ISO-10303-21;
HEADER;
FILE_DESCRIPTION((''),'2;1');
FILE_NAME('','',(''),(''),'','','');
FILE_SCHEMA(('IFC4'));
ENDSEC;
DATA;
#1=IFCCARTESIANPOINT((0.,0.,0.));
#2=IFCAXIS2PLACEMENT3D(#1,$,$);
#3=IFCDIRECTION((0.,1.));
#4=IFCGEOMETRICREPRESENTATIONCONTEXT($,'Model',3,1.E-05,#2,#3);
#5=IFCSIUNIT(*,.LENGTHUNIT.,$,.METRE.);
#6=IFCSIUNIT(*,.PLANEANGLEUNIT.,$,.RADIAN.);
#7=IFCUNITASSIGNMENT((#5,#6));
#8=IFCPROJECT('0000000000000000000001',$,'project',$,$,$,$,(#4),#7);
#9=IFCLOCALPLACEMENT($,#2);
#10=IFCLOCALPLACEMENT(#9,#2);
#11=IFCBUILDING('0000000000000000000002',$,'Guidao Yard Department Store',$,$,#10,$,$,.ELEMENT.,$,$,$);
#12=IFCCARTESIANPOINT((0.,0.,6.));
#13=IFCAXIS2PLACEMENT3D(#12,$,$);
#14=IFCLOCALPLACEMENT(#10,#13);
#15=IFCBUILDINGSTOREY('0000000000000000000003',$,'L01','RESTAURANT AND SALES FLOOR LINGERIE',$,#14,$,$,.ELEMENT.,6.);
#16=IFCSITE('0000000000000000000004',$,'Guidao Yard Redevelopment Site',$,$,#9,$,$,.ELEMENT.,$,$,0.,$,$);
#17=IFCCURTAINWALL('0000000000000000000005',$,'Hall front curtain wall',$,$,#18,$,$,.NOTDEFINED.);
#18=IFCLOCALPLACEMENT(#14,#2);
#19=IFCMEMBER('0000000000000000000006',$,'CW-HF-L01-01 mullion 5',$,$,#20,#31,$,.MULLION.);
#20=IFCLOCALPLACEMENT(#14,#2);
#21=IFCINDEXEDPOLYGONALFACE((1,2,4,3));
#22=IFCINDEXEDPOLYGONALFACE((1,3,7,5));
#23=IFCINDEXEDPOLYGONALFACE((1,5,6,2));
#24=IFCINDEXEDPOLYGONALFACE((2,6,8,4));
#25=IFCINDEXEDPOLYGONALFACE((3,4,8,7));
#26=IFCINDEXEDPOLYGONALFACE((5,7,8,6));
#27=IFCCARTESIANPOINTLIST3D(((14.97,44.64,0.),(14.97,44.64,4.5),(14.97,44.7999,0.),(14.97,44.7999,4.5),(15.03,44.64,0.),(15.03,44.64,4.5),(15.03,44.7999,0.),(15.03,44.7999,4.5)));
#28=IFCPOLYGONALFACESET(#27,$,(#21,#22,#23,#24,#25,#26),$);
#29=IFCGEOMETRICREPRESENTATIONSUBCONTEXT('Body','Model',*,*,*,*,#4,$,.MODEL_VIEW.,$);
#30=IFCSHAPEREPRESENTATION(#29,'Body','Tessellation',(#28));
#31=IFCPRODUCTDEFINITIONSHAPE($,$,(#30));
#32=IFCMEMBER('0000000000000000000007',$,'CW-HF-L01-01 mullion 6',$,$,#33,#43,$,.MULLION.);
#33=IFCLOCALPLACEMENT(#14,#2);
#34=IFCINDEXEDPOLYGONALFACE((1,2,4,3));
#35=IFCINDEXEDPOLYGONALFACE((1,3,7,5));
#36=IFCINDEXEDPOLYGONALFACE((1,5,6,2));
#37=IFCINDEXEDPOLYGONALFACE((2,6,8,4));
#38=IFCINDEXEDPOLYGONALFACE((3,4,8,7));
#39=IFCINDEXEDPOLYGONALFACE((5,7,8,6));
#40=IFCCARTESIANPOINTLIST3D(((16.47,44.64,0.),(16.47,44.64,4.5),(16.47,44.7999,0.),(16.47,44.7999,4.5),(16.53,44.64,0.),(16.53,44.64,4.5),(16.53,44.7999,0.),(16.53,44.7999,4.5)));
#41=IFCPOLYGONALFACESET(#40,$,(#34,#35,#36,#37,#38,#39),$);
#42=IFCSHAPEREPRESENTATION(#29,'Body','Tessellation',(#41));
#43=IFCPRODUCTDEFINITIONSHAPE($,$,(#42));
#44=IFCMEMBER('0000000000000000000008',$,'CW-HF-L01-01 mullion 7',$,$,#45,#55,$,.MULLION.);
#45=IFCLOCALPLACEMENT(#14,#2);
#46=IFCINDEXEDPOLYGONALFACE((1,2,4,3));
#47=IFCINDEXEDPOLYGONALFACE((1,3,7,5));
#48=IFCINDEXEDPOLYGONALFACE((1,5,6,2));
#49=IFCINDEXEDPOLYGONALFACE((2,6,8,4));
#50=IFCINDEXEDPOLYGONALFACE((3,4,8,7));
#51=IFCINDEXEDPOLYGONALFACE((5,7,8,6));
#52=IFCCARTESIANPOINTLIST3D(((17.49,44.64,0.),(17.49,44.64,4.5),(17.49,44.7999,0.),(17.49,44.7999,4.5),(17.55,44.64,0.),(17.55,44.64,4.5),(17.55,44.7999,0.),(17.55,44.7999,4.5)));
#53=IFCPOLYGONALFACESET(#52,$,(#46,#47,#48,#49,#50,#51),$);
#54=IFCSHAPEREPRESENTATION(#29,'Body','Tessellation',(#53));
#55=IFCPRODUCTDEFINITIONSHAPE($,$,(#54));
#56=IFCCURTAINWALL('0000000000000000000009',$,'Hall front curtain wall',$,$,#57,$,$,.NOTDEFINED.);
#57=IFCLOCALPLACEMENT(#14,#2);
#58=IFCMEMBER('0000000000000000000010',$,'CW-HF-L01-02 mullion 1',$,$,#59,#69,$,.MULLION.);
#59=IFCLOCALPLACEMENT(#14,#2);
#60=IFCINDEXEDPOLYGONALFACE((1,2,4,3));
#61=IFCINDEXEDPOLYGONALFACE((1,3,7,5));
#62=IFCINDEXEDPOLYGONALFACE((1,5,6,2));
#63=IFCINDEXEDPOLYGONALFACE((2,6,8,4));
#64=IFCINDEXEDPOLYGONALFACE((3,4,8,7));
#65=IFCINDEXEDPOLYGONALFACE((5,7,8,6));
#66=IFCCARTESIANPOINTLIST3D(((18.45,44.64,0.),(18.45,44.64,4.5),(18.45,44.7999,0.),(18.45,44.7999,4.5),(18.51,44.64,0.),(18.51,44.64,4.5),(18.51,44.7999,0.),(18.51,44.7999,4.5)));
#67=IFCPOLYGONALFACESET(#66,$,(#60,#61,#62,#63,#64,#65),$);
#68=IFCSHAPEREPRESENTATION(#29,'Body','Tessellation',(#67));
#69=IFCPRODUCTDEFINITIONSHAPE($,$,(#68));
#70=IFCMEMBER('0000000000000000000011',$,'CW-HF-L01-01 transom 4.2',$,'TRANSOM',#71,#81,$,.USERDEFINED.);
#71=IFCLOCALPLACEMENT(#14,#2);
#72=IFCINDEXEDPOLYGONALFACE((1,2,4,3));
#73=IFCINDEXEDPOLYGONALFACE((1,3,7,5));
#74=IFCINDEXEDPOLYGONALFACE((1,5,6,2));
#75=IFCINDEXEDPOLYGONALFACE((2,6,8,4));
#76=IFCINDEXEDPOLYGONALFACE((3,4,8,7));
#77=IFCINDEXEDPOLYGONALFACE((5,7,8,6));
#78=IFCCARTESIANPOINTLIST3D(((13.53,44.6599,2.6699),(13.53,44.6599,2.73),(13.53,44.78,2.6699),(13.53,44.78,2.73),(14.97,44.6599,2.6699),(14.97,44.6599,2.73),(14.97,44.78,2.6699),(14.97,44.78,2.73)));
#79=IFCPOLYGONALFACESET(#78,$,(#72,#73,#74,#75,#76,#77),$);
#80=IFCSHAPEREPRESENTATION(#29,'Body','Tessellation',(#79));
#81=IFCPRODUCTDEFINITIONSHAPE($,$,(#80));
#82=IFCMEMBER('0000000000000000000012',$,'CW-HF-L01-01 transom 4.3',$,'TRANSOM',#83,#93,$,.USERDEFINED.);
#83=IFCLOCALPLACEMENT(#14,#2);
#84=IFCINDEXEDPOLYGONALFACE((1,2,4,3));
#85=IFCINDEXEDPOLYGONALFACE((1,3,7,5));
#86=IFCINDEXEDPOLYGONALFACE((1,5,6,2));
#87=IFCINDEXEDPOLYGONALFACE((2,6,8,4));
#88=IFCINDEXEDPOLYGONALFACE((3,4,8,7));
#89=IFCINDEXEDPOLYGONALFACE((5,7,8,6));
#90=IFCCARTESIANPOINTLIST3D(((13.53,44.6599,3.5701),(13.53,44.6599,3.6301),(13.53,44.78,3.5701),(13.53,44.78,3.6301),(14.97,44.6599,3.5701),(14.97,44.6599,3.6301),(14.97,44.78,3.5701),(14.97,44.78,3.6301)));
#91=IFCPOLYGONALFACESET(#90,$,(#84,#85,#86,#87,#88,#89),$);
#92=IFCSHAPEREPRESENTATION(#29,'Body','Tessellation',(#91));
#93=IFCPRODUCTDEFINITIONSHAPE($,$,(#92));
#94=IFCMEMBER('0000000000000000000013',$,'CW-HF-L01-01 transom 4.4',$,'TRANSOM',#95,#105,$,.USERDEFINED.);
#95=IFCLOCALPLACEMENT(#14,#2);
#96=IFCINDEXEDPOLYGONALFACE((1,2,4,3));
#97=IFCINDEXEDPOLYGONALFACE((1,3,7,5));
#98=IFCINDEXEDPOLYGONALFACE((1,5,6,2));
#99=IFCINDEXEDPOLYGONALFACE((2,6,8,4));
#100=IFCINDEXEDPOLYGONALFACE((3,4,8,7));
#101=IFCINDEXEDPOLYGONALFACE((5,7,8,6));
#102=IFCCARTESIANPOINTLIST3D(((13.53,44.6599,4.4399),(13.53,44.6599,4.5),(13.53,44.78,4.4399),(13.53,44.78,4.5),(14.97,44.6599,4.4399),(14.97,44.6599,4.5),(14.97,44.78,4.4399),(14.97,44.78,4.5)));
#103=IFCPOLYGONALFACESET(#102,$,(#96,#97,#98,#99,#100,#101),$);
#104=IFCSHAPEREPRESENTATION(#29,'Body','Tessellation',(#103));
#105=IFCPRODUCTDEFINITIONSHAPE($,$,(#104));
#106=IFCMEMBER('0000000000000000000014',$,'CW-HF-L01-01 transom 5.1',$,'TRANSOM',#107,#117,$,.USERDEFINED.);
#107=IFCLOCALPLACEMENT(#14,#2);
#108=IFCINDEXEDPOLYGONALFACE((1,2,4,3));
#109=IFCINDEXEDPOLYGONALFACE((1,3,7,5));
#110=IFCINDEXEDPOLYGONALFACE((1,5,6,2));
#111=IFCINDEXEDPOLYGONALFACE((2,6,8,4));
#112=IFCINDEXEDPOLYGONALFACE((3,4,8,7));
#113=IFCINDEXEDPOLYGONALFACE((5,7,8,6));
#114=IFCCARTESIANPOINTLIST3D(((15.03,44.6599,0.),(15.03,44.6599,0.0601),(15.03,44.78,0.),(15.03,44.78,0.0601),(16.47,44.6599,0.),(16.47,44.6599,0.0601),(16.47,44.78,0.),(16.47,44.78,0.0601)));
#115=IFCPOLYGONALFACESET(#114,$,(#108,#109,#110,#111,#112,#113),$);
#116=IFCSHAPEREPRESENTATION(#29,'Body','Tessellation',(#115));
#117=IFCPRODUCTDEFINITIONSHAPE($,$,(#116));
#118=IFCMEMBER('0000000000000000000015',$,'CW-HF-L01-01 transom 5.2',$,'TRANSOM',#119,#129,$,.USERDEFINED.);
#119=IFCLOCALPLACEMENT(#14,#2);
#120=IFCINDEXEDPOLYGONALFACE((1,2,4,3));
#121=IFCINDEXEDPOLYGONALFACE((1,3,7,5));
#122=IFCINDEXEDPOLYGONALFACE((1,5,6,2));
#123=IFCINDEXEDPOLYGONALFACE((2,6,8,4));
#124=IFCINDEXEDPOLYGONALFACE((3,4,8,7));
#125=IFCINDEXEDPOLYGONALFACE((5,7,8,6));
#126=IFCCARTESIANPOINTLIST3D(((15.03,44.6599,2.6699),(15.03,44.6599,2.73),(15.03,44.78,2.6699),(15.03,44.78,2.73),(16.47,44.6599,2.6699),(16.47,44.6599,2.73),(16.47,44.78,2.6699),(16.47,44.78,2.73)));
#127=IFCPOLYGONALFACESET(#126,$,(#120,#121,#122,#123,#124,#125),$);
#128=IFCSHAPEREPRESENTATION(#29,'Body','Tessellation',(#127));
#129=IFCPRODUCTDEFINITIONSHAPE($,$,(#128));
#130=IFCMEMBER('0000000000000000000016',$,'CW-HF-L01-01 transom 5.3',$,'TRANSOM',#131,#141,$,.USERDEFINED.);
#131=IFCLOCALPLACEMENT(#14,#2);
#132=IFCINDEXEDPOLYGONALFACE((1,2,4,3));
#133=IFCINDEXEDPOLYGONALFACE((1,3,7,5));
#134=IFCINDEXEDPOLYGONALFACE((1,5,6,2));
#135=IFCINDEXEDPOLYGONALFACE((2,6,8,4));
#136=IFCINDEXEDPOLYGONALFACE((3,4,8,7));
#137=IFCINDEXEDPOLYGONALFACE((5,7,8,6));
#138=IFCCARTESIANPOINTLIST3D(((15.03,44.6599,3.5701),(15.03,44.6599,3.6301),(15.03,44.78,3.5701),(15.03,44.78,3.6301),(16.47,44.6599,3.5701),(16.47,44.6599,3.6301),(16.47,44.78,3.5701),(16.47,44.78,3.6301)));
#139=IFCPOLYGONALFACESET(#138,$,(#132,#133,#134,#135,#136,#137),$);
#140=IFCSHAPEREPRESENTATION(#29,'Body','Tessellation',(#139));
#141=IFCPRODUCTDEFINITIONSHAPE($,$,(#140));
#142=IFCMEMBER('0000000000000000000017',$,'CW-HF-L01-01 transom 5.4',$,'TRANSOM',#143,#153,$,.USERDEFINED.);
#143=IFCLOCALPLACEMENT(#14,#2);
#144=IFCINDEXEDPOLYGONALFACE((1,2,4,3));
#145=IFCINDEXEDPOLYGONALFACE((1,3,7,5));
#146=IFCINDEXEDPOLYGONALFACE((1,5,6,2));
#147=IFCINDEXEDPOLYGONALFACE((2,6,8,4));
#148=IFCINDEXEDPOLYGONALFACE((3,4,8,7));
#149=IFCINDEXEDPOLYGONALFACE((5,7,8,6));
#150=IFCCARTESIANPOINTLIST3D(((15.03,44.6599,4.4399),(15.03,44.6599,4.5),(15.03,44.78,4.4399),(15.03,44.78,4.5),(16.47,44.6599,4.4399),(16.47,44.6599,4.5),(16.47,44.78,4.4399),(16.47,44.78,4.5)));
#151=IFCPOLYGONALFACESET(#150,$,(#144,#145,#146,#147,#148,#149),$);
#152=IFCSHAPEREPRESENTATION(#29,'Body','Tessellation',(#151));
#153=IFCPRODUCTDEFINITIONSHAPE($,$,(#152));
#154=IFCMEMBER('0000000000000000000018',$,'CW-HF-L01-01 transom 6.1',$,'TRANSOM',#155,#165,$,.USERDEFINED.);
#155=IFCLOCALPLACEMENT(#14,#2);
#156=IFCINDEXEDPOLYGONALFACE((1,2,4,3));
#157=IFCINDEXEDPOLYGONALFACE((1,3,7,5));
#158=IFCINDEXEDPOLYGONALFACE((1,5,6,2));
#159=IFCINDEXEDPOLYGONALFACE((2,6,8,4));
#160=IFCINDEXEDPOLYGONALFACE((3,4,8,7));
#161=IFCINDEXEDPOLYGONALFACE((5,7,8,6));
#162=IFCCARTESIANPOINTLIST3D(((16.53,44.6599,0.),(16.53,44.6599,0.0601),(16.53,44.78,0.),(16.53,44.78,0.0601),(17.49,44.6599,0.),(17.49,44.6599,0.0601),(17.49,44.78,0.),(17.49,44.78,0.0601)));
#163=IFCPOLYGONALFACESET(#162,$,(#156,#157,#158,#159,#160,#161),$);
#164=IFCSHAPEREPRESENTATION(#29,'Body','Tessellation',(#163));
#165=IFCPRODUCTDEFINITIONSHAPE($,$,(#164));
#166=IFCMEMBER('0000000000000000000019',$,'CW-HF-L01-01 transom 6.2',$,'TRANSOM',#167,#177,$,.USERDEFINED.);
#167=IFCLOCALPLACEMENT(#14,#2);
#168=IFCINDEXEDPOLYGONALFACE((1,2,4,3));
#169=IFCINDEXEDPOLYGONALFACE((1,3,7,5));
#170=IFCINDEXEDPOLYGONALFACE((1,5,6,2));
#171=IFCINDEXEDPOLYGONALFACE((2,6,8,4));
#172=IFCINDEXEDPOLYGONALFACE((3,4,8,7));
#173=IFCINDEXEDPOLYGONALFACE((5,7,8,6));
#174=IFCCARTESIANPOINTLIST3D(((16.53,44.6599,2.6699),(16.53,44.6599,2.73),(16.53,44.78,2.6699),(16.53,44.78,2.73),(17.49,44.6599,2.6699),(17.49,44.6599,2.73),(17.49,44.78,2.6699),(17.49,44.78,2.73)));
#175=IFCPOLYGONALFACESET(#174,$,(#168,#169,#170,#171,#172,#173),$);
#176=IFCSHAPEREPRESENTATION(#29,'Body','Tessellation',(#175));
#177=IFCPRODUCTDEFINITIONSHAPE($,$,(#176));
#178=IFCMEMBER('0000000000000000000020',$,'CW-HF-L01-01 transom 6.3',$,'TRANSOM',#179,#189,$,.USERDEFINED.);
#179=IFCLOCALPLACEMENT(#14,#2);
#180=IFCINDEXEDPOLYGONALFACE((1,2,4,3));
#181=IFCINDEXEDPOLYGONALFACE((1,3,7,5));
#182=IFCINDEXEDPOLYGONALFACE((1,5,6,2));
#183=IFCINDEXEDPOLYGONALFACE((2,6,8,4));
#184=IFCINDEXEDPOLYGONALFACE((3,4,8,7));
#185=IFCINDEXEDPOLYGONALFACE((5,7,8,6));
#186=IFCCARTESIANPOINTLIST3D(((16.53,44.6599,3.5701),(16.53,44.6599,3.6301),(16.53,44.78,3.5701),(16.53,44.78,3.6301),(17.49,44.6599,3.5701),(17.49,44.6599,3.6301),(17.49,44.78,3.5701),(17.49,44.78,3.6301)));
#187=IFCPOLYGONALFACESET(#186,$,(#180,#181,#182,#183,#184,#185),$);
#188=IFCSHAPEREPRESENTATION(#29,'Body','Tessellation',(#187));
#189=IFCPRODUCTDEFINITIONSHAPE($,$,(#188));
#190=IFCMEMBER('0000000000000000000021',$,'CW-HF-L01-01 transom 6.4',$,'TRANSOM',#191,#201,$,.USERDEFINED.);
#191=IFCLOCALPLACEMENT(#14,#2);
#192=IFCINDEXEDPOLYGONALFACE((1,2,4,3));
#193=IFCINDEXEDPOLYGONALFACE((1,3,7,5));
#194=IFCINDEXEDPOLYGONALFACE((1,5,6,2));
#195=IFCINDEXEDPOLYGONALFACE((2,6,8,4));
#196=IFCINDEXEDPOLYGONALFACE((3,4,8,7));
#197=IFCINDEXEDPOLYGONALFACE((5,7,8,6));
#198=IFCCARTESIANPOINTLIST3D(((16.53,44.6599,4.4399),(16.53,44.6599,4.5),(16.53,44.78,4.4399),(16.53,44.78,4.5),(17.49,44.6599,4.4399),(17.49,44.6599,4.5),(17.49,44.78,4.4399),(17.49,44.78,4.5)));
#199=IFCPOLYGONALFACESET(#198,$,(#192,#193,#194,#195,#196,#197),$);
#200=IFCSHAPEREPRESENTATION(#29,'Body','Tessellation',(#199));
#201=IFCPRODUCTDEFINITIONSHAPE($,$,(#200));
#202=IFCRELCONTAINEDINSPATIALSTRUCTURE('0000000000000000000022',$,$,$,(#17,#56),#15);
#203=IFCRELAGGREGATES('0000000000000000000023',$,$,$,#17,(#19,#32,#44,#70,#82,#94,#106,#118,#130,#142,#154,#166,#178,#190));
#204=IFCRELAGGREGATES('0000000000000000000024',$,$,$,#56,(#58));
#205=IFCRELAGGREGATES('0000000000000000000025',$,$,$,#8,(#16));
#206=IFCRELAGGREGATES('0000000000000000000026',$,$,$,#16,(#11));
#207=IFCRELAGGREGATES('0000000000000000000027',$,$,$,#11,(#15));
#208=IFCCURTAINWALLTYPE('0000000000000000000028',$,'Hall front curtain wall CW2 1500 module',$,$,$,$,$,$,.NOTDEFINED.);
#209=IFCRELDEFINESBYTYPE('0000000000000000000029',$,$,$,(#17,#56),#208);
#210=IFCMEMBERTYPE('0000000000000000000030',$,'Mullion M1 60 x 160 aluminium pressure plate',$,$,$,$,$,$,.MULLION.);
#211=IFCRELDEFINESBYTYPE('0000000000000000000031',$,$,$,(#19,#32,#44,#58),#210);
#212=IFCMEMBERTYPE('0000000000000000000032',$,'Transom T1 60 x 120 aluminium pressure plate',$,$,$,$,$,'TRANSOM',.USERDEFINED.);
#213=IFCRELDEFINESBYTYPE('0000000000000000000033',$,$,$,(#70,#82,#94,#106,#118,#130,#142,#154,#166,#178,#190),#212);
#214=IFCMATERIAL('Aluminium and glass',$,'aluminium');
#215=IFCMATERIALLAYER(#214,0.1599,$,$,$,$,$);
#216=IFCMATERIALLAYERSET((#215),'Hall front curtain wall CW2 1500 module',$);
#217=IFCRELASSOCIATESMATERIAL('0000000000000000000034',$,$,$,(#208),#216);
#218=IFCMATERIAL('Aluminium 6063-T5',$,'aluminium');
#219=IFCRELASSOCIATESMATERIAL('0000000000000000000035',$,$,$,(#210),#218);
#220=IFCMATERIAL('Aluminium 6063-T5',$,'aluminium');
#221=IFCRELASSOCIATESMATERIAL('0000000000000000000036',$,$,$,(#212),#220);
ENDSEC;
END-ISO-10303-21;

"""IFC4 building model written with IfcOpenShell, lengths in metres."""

from ifc_helpers import new_model, si_unit, direction, frame, origin, origin_2d, place, context, subcontext, project, spatial, rectangle, extrude, material, layer, layer_set, material_profile, profile_set, type_object, element, aggregate, save


model = new_model("IFC4")

# Units and contexts
model_context = context("Model", 3, precision=1e-05, world=origin(), true_north=direction((0.0, 1.0)))
body_context = subcontext(model_context, "Body", "Model", "MODEL_VIEW")
ifc_project = project(units=[si_unit("LENGTHUNIT", "METRE"), si_unit("PLANEANGLEUNIT", "RADIAN")], contexts=[model_context])

# Site, building, storey
site_placement = place(None, origin())
site = spatial("IfcSite", under=ifc_project, at=site_placement, Name="Guidao Yard Redevelopment Site", CompositionType="ELEMENT", RefElevation=0.0)
building_placement = place(site_placement, origin())
building = spatial("IfcBuilding", under=site, at=building_placement, Name="Guidao Yard Department Store", CompositionType="ELEMENT")
storey_placement = place(building_placement, frame((0.0, 0.0, 6.0)))
storey = spatial("IfcBuildingStorey", under=building, at=storey_placement, Name="L01", Description="RESTAURANT AND SALES FLOOR LINGERIE", CompositionType="ELEMENT", Elevation=6.0)

# Curtain wall, members
ifc_material_1 = material(Name="Aluminium and glass", Category="aluminium")
ifc_layer_1 = layer(ifc_material_1, 0.1599)
ifc_layer_set_1 = layer_set([ifc_layer_1], Name="Hall front curtain wall CW2 1500 module")
curtain_wall_type = type_object("IfcCurtainWallType", Name="Hall front curtain wall CW2 1500 module", PredefinedType="NOTDEFINED", material=ifc_layer_set_1)
curtain_wall_1_placement = place(storey_placement, origin())
curtain_wall_1 = element("IfcCurtainWall", 1, at=curtain_wall_1_placement, inside=storey, type_object=curtain_wall_type, Name="Hall front curtain wall", PredefinedType="NOTDEFINED")
ifc_material_2 = material(Name="Aluminium 6063-T5", Category="aluminium")
ifc_material_profile_1 = material_profile(ifc_material_2, rectangle(XDim=0.0601, YDim=0.1599, at=origin_2d()), Name="Mullion M1 60 x 160 aluminium pressure plate")
ifc_profile_set_1 = profile_set([ifc_material_profile_1], Name="Aluminium 6063-T5")
member_type_1 = type_object("IfcMemberType", Name="Mullion M1 60 x 160 aluminium pressure plate", PredefinedType="MULLION", material=ifc_profile_set_1)
member_1_placement = place(storey_placement, frame((15.0, 44.72, 0.0), z_axis=(0.0, 0.0, 1.0), x_axis=(-1.0, 0.0, 0.0)))
member_1 = element("IfcMember", 2, at=member_1_placement, type_object=member_type_1, Name="CW-HF-L01-01 mullion 5", PredefinedType="MULLION", context=body_context, shape_type="SweptSolid", body=[
    extrude(rectangle(XDim=0.0601, YDim=0.1599, at=origin_2d()), origin(), (0.0, 0.0, 1.0), 4.5),
])
member_2_placement = place(storey_placement, frame((16.5, 44.72, 0.0), z_axis=(0.0, 0.0, 1.0), x_axis=(-1.0, 0.0, 0.0)))
member_2 = element("IfcMember", 3, at=member_2_placement, type_object=member_type_1, Name="CW-HF-L01-01 mullion 6", PredefinedType="MULLION", context=body_context, shape_type="SweptSolid", body=[
    extrude(rectangle(XDim=0.0601, YDim=0.1599, at=origin_2d()), origin(), (0.0, 0.0, 1.0), 4.5),
])
member_3_placement = place(storey_placement, frame((17.52, 44.72, 0.0), z_axis=(0.0, 0.0, 1.0), x_axis=(-1.0, 0.0, 0.0)))
member_3 = element("IfcMember", 4, at=member_3_placement, type_object=member_type_1, Name="CW-HF-L01-01 mullion 7", PredefinedType="MULLION", context=body_context, shape_type="SweptSolid", body=[
    extrude(rectangle(XDim=0.0601, YDim=0.1599, at=origin_2d()), origin(), (0.0, 0.0, 1.0), 4.5),
])

# Curtain wall, member
curtain_wall_2_placement = place(storey_placement, origin())
curtain_wall_2 = element("IfcCurtainWall", 5, at=curtain_wall_2_placement, inside=storey, type_object=curtain_wall_type, Name="Hall front curtain wall", PredefinedType="NOTDEFINED")
member_4_placement = place(storey_placement, frame((18.48, 44.72, 0.0), z_axis=(0.0, 0.0, 1.0), x_axis=(-1.0, 0.0, 0.0)))
member_4 = element("IfcMember", 6, at=member_4_placement, type_object=member_type_1, Name="CW-HF-L01-02 mullion 1", PredefinedType="MULLION", context=body_context, shape_type="SweptSolid", body=[
    extrude(rectangle(XDim=0.0601, YDim=0.1599, at=origin_2d()), origin(), (0.0, 0.0, 1.0), 4.5),
])

# Members
ifc_material_3 = material(Name="Aluminium 6063-T5", Category="aluminium")
ifc_material_profile_2 = material_profile(ifc_material_3, rectangle(XDim=0.1201, YDim=0.0601, at=origin_2d()), Name="Transom T1 60 x 120 aluminium pressure plate")
ifc_profile_set_2 = profile_set([ifc_material_profile_2], Name="Aluminium 6063-T5")
member_type_2 = type_object("IfcMemberType", Name="Transom T1 60 x 120 aluminium pressure plate", ElementType="TRANSOM", PredefinedType="USERDEFINED", material=ifc_profile_set_2)
member_5_placement = place(storey_placement, frame((14.97, 44.72, 2.7), z_axis=(-1.0, 0.0, 0.0), x_axis=(0.0, -1.0, 0.0)))
member_5 = element("IfcMember", 7, at=member_5_placement, type_object=member_type_2, Name="CW-HF-L01-01 transom 4.2", ObjectType="TRANSOM", PredefinedType="USERDEFINED", context=body_context, shape_type="SweptSolid", body=[
    extrude(rectangle(XDim=0.1201, YDim=0.0601, at=origin_2d()), origin(), (0.0, 0.0, 1.0), 1.4399),
])
member_6_placement = place(storey_placement, frame((14.97, 44.72, 3.6001), z_axis=(-1.0, 0.0, 0.0), x_axis=(0.0, -1.0, 0.0)))
member_6 = element("IfcMember", 8, at=member_6_placement, type_object=member_type_2, Name="CW-HF-L01-01 transom 4.3", ObjectType="TRANSOM", PredefinedType="USERDEFINED", context=body_context, shape_type="SweptSolid", body=[
    extrude(rectangle(XDim=0.1201, YDim=0.0601, at=origin_2d()), origin(), (0.0, 0.0, 1.0), 1.4399),
])
member_7_placement = place(storey_placement, frame((14.97, 44.72, 4.47), z_axis=(-1.0, 0.0, 0.0), x_axis=(0.0, -1.0, 0.0)))
member_7 = element("IfcMember", 9, at=member_7_placement, type_object=member_type_2, Name="CW-HF-L01-01 transom 4.4", ObjectType="TRANSOM", PredefinedType="USERDEFINED", context=body_context, shape_type="SweptSolid", body=[
    extrude(rectangle(XDim=0.1201, YDim=0.0601, at=origin_2d()), origin(), (0.0, 0.0, 1.0), 1.4399),
])
member_8_placement = place(storey_placement, frame((16.47, 44.72, 0.03), z_axis=(-1.0, 0.0, 0.0), x_axis=(0.0, -1.0, 0.0)))
member_8 = element("IfcMember", 10, at=member_8_placement, type_object=member_type_2, Name="CW-HF-L01-01 transom 5.1", ObjectType="TRANSOM", PredefinedType="USERDEFINED", context=body_context, shape_type="SweptSolid", body=[
    extrude(rectangle(XDim=0.1201, YDim=0.0601, at=origin_2d()), origin(), (0.0, 0.0, 1.0), 1.4399),
])
member_9_placement = place(storey_placement, frame((16.47, 44.72, 2.7), z_axis=(-1.0, 0.0, 0.0), x_axis=(0.0, -1.0, 0.0)))
member_9 = element("IfcMember", 11, at=member_9_placement, type_object=member_type_2, Name="CW-HF-L01-01 transom 5.2", ObjectType="TRANSOM", PredefinedType="USERDEFINED", context=body_context, shape_type="SweptSolid", body=[
    extrude(rectangle(XDim=0.1201, YDim=0.0601, at=origin_2d()), origin(), (0.0, 0.0, 1.0), 1.4399),
])
member_10_placement = place(storey_placement, frame((16.47, 44.72, 3.6001), z_axis=(-1.0, 0.0, 0.0), x_axis=(0.0, -1.0, 0.0)))
member_10 = element("IfcMember", 12, at=member_10_placement, type_object=member_type_2, Name="CW-HF-L01-01 transom 5.3", ObjectType="TRANSOM", PredefinedType="USERDEFINED", context=body_context, shape_type="SweptSolid", body=[
    extrude(rectangle(XDim=0.1201, YDim=0.0601, at=origin_2d()), origin(), (0.0, 0.0, 1.0), 1.4399),
])
member_11_placement = place(storey_placement, frame((16.47, 44.72, 4.47), z_axis=(-1.0, 0.0, 0.0), x_axis=(0.0, -1.0, 0.0)))
member_11 = element("IfcMember", 13, at=member_11_placement, type_object=member_type_2, Name="CW-HF-L01-01 transom 5.4", ObjectType="TRANSOM", PredefinedType="USERDEFINED", context=body_context, shape_type="SweptSolid", body=[
    extrude(rectangle(XDim=0.1201, YDim=0.0601, at=origin_2d()), origin(), (0.0, 0.0, 1.0), 1.4399),
])
member_12_placement = place(storey_placement, frame((17.49, 44.72, 0.03), z_axis=(-1.0, 0.0, 0.0), x_axis=(0.0, -1.0, 0.0)))
member_12 = element("IfcMember", 14, at=member_12_placement, type_object=member_type_2, Name="CW-HF-L01-01 transom 6.1", ObjectType="TRANSOM", PredefinedType="USERDEFINED", context=body_context, shape_type="SweptSolid", body=[
    extrude(rectangle(XDim=0.1201, YDim=0.0601, at=origin_2d()), origin(), (0.0, 0.0, 1.0), 0.96),
])
member_13_placement = place(storey_placement, frame((17.49, 44.72, 2.7), z_axis=(-1.0, 0.0, 0.0), x_axis=(0.0, -1.0, 0.0)))
member_13 = element("IfcMember", 15, at=member_13_placement, type_object=member_type_2, Name="CW-HF-L01-01 transom 6.2", ObjectType="TRANSOM", PredefinedType="USERDEFINED", context=body_context, shape_type="SweptSolid", body=[
    extrude(rectangle(XDim=0.1201, YDim=0.0601, at=origin_2d()), origin(), (0.0, 0.0, 1.0), 0.96),
])
member_14_placement = place(storey_placement, frame((17.49, 44.72, 3.6001), z_axis=(-1.0, 0.0, 0.0), x_axis=(0.0, -1.0, 0.0)))
member_14 = element("IfcMember", 16, at=member_14_placement, type_object=member_type_2, Name="CW-HF-L01-01 transom 6.3", ObjectType="TRANSOM", PredefinedType="USERDEFINED", context=body_context, shape_type="SweptSolid", body=[
    extrude(rectangle(XDim=0.1201, YDim=0.0601, at=origin_2d()), origin(), (0.0, 0.0, 1.0), 0.96),
])
member_15_placement = place(storey_placement, frame((17.49, 44.72, 4.47), z_axis=(-1.0, 0.0, 0.0), x_axis=(0.0, -1.0, 0.0)))
member_15 = element("IfcMember", 17, at=member_15_placement, type_object=member_type_2, Name="CW-HF-L01-01 transom 6.4", ObjectType="TRANSOM", PredefinedType="USERDEFINED", context=body_context, shape_type="SweptSolid", body=[
    extrude(rectangle(XDim=0.1201, YDim=0.0601, at=origin_2d()), origin(), (0.0, 0.0, 1.0), 0.96),
])

aggregate(curtain_wall_1, [member_1, member_2, member_3, member_5, member_6, member_7, member_8, member_9, member_10, member_11, member_12, member_13, member_14, member_15])
aggregate(curtain_wall_2, [member_4])

save(model, "model.ifc")
